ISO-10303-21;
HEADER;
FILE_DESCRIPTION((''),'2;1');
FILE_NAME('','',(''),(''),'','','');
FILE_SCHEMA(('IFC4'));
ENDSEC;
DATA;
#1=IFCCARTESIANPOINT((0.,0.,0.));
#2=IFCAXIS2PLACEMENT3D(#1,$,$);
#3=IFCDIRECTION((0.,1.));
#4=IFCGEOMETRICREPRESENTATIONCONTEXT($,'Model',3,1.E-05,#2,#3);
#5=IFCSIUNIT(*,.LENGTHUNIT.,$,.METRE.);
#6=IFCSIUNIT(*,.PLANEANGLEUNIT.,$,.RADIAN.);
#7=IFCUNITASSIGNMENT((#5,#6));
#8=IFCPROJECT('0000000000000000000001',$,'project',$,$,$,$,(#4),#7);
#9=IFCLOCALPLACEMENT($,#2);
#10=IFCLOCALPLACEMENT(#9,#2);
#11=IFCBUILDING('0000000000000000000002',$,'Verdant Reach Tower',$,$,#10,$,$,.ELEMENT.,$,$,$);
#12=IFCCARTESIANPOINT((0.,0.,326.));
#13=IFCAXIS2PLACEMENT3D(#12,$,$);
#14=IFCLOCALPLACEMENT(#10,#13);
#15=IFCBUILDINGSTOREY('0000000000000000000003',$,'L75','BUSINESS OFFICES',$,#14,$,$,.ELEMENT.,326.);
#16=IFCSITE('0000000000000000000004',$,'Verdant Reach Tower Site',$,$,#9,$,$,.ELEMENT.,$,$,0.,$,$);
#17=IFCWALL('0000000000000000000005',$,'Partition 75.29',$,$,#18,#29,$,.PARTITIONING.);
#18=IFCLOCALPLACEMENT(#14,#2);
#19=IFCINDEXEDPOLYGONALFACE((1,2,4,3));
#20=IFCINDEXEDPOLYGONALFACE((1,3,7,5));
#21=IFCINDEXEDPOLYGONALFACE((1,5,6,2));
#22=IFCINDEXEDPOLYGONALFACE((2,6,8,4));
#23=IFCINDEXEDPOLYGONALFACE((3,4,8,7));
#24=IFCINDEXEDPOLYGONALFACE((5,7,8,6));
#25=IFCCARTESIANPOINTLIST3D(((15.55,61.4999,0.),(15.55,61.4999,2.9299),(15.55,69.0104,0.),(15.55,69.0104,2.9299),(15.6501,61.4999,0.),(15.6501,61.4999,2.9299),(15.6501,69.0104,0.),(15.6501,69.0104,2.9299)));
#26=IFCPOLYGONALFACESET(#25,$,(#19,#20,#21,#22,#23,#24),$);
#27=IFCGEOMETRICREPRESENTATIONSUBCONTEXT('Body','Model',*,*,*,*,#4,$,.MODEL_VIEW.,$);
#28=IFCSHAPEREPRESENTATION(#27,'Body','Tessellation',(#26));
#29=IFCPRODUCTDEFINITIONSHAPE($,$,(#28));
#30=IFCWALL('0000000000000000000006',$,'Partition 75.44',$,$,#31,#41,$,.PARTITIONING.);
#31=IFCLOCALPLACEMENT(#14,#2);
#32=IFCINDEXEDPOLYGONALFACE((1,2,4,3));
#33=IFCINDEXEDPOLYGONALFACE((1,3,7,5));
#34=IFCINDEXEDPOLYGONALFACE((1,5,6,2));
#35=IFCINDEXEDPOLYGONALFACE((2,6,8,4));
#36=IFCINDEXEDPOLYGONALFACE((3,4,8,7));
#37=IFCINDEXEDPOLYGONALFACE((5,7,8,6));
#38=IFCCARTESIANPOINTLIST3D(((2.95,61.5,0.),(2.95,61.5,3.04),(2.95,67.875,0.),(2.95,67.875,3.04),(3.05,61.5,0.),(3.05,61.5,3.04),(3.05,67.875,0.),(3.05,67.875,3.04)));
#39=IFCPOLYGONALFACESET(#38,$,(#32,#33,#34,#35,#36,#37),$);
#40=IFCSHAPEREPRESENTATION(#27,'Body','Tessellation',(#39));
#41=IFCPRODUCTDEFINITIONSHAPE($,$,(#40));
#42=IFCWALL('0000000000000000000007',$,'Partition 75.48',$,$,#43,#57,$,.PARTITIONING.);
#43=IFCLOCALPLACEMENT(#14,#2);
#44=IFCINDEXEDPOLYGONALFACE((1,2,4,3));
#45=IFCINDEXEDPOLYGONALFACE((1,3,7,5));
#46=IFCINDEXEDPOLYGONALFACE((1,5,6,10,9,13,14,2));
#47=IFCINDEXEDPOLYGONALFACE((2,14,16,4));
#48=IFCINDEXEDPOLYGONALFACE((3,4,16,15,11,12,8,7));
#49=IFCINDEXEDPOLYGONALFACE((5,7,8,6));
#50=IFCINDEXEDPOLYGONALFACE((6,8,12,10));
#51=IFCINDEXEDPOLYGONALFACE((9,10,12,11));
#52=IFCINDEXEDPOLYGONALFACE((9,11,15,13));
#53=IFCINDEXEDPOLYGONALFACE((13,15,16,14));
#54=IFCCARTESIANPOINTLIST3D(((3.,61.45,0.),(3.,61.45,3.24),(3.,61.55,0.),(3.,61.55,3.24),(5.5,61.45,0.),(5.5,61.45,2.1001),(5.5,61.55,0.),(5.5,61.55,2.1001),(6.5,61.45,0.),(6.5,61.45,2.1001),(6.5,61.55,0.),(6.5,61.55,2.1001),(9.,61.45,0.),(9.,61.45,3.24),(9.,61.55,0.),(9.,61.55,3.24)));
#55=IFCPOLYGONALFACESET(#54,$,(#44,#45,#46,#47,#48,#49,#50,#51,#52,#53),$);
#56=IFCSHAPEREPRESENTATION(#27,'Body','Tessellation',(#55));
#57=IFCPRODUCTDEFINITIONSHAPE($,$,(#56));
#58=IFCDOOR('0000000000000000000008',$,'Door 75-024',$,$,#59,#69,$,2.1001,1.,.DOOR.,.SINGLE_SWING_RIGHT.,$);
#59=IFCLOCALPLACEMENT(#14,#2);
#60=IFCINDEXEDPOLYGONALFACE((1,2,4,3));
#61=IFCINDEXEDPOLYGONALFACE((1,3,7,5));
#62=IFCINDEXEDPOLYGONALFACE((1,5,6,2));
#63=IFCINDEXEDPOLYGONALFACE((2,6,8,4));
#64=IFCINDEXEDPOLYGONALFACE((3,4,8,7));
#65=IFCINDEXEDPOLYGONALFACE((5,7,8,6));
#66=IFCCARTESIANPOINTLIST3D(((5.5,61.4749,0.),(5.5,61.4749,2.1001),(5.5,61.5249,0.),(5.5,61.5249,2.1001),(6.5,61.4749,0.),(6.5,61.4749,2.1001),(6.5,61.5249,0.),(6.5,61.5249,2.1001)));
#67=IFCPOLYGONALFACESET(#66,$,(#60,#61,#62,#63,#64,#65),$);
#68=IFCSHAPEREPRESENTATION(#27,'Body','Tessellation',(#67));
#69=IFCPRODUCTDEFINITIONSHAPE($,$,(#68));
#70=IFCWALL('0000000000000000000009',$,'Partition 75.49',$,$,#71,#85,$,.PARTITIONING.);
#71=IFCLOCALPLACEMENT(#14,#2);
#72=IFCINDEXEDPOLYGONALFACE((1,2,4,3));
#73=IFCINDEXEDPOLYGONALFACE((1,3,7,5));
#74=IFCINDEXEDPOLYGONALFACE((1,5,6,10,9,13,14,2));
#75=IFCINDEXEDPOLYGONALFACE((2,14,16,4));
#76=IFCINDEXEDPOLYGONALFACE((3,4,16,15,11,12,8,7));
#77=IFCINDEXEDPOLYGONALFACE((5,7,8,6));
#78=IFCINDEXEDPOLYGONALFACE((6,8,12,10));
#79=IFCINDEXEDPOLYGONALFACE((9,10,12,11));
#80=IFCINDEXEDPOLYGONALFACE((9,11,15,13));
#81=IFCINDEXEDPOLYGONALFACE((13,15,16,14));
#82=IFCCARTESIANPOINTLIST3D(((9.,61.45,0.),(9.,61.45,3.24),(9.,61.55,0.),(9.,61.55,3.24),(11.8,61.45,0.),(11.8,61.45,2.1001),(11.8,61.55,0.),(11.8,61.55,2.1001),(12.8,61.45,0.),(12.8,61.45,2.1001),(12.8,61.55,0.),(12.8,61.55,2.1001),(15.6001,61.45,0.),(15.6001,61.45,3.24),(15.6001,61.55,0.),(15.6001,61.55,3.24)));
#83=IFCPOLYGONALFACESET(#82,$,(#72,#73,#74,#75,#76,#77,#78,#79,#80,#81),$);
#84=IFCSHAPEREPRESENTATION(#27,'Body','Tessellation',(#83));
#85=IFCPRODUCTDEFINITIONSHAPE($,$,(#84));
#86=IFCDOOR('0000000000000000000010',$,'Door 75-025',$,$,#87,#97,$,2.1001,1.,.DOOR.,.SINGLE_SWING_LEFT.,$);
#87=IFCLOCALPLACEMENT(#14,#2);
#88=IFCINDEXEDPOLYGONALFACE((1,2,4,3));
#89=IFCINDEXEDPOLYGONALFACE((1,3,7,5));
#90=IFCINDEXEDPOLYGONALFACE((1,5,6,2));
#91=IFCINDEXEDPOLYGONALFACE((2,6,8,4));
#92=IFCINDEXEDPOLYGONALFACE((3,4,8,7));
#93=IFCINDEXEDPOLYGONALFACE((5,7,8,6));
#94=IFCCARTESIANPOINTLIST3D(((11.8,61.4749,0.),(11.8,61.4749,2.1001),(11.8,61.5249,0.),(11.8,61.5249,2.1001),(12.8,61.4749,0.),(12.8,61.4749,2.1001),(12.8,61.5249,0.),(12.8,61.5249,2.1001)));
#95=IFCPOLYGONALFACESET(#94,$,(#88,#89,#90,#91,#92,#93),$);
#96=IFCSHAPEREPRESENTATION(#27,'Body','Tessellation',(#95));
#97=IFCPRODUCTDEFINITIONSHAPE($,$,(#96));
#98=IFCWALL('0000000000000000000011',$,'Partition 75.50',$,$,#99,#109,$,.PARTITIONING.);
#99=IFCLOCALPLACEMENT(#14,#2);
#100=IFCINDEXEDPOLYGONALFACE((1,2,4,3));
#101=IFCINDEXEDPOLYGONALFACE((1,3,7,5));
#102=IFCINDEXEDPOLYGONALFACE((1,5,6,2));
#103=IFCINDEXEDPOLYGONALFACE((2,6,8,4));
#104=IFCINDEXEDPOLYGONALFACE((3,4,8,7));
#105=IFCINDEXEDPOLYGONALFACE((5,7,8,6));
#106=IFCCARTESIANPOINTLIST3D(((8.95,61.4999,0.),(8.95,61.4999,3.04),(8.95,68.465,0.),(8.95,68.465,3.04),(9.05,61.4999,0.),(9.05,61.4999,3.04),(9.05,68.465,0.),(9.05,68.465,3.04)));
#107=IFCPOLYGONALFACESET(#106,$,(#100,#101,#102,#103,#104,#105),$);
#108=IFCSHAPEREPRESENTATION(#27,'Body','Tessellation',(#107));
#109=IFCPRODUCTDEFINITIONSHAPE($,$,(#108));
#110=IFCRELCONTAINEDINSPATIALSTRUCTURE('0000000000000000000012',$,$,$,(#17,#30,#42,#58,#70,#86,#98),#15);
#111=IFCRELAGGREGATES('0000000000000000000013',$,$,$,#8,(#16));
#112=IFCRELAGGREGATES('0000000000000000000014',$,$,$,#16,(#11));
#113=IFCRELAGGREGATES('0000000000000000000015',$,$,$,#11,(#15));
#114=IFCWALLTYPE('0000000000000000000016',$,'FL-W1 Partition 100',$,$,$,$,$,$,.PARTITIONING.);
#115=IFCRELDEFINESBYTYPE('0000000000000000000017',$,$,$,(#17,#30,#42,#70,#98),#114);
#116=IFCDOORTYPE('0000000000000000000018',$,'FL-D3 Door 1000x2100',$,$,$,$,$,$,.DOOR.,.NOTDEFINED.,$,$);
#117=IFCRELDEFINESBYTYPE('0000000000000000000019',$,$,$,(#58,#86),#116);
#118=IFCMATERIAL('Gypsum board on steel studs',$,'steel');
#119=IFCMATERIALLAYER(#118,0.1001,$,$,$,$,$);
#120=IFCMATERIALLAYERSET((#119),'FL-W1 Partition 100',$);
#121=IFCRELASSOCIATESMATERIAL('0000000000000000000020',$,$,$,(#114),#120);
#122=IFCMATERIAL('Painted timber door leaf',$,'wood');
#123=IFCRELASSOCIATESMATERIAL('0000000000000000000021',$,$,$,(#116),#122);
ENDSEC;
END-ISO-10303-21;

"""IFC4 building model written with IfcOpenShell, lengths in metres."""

from ifc_helpers import new_model, si_unit, direction, frame, frame_2d, origin, place, context, subcontext, project, spatial, rectangle, extrude, material, layer, layer_set, type_object, element, fill, save


model = new_model("IFC4")

# Units and contexts
model_context = context("Model", 3, precision=1e-05, world=origin(), true_north=direction((0.0, 1.0)))
body_context = subcontext(model_context, "Body", "Model", "MODEL_VIEW")
ifc_project = project(units=[si_unit("LENGTHUNIT", "METRE"), si_unit("PLANEANGLEUNIT", "RADIAN")], contexts=[model_context])

# Site, building, storey
site_placement = place(None, origin())
site = spatial("IfcSite", under=ifc_project, at=site_placement, Name="Verdant Reach Tower Site", CompositionType="ELEMENT", RefElevation=0.0)
building_placement = place(site_placement, origin())
building = spatial("IfcBuilding", under=site, at=building_placement, Name="Verdant Reach Tower", CompositionType="ELEMENT")
storey_placement = place(building_placement, frame((0.0, 0.0, 326.0)))
storey = spatial("IfcBuildingStorey", under=building, at=storey_placement, Name="L75", Description="BUSINESS OFFICES", CompositionType="ELEMENT", Elevation=326.0)

# Walls
ifc_material_1 = material(Name="Gypsum board on steel studs", Category="steel")
ifc_layer_1 = layer(ifc_material_1, 0.1001)
ifc_layer_set_1 = layer_set([ifc_layer_1], Name="FL-W1 Partition 100")
wall_type = type_object("IfcWallType", Name="FL-W1 Partition 100", PredefinedType="PARTITIONING", material=ifc_layer_set_1)
wall_1_placement = place(storey_placement, frame((15.6001, 69.0105, 0.0), z_axis=(0.0, 0.0, 1.0), x_axis=(0.0, -1.0, 0.0)))
element("IfcWall", 1, at=wall_1_placement, inside=storey, type_object=wall_type, Name="Partition 75.29", PredefinedType="PARTITIONING", context=body_context, shape_type="SweptSolid", body=[
    extrude(rectangle(XDim=7.5105, YDim=0.1001, at=frame_2d((3.7554, 0.0))), origin(), (0.0, 0.0, 1.0), 2.9299),
])
wall_2_placement = place(storey_placement, frame((3.0, 61.5, 0.0), z_axis=(0.0, 0.0, 1.0), x_axis=(0.0, 1.0, 0.0)))
element("IfcWall", 2, at=wall_2_placement, inside=storey, type_object=wall_type, Name="Partition 75.44", PredefinedType="PARTITIONING", context=body_context, shape_type="SweptSolid", body=[
    extrude(rectangle(XDim=6.375, YDim=0.1001, at=frame_2d((3.1875, 0.0))), origin(), (0.0, 0.0, 1.0), 3.04),
])

# Walls, openings, doors
wall_3_placement = place(storey_placement, frame((3.0, 61.5, 0.0), z_axis=(0.0, 0.0, 1.0), x_axis=(1.0, 0.0, 0.0)))
wall_3 = element("IfcWall", 3, at=wall_3_placement, inside=storey, type_object=wall_type, Name="Partition 75.48", PredefinedType="PARTITIONING", context=body_context, shape_type="SweptSolid", body=[
    extrude(rectangle(XDim=6.0, YDim=0.1001, at=frame_2d((3.0, 0.0))), origin(), (0.0, 0.0, 1.0), 3.24),
])
opening_1_placement = place(wall_3_placement, frame((2.5, 0.0, 0.0)))
opening_1 = element("IfcOpeningElement", 4, at=opening_1_placement, cuts=wall_3, PredefinedType="OPENING", context=body_context, shape_type="SweptSolid", body=[
    extrude(rectangle(XDim=1.0, YDim=2.1001, at=frame_2d((0.5, 1.05))), frame((0.0, 0.0601, 0.0), z_axis=(0.0, -1.0, 0.0), x_axis=(1.0, 0.0, 0.0)), (0.0, 0.0, 1.0), 0.1201),
])
ifc_material_2 = material(Name="Painted timber door leaf", Category="wood")
door_type = type_object("IfcDoorType", Name="FL-D3 Door 1000x2100", OperationType="NOTDEFINED", PredefinedType="DOOR", material=ifc_material_2)
door_1_placement = place(opening_1_placement, origin())
door_1 = element("IfcDoor", 5, at=door_1_placement, inside=storey, type_object=door_type, Name="Door 75-024", OperationType="SINGLE_SWING_RIGHT", OverallHeight=2.1001, OverallWidth=1.0, PredefinedType="DOOR", context=body_context, shape_type="SweptSolid", body=[
    extrude(rectangle(XDim=1.0, YDim=2.1001, at=frame_2d((0.5, 1.05))), frame((0.0, 0.0249, 0.0), z_axis=(0.0, -1.0, 0.0), x_axis=(1.0, 0.0, 0.0)), (0.0, 0.0, 1.0), 0.05),
])
fill(opening_1, door_1)
wall_4_placement = place(storey_placement, frame((9.0, 61.5, 0.0), z_axis=(0.0, 0.0, 1.0), x_axis=(1.0, 0.0, 0.0)))
wall_4 = element("IfcWall", 6, at=wall_4_placement, inside=storey, type_object=wall_type, Name="Partition 75.49", PredefinedType="PARTITIONING", context=body_context, shape_type="SweptSolid", body=[
    extrude(rectangle(XDim=6.6001, YDim=0.1001, at=frame_2d((3.3, 0.0))), origin(), (0.0, 0.0, 1.0), 3.24),
])
opening_2_placement = place(wall_4_placement, frame((2.8, 0.0, 0.0)))
opening_2 = element("IfcOpeningElement", 7, at=opening_2_placement, cuts=wall_4, PredefinedType="OPENING", context=body_context, shape_type="SweptSolid", body=[
    extrude(rectangle(XDim=1.0, YDim=2.1001, at=frame_2d((0.5, 1.05))), frame((0.0, 0.0601, 0.0), z_axis=(0.0, -1.0, 0.0), x_axis=(1.0, 0.0, 0.0)), (0.0, 0.0, 1.0), 0.1201),
])
door_2_placement = place(opening_2_placement, origin())
door_2 = element("IfcDoor", 8, at=door_2_placement, inside=storey, type_object=door_type, Name="Door 75-025", OperationType="SINGLE_SWING_LEFT", OverallHeight=2.1001, OverallWidth=1.0, PredefinedType="DOOR", context=body_context, shape_type="SweptSolid", body=[
    extrude(rectangle(XDim=1.0, YDim=2.1001, at=frame_2d((0.5, 1.05))), frame((0.0, 0.0249, 0.0), z_axis=(0.0, -1.0, 0.0), x_axis=(1.0, 0.0, 0.0)), (0.0, 0.0, 1.0), 0.05),
])
fill(opening_2, door_2)

# Wall
wall_5_placement = place(storey_placement, frame((9.0, 61.5, 0.0), z_axis=(0.0, 0.0, 1.0), x_axis=(0.0, 1.0, 0.0)))
element("IfcWall", 9, at=wall_5_placement, inside=storey, type_object=wall_type, Name="Partition 75.50", PredefinedType="PARTITIONING", context=body_context, shape_type="SweptSolid", body=[
    extrude(rectangle(XDim=6.9651, YDim=0.1001, at=frame_2d((3.4824, 0.0))), origin(), (0.0, 0.0, 1.0), 3.04),
])

save(model, "model.ifc")
